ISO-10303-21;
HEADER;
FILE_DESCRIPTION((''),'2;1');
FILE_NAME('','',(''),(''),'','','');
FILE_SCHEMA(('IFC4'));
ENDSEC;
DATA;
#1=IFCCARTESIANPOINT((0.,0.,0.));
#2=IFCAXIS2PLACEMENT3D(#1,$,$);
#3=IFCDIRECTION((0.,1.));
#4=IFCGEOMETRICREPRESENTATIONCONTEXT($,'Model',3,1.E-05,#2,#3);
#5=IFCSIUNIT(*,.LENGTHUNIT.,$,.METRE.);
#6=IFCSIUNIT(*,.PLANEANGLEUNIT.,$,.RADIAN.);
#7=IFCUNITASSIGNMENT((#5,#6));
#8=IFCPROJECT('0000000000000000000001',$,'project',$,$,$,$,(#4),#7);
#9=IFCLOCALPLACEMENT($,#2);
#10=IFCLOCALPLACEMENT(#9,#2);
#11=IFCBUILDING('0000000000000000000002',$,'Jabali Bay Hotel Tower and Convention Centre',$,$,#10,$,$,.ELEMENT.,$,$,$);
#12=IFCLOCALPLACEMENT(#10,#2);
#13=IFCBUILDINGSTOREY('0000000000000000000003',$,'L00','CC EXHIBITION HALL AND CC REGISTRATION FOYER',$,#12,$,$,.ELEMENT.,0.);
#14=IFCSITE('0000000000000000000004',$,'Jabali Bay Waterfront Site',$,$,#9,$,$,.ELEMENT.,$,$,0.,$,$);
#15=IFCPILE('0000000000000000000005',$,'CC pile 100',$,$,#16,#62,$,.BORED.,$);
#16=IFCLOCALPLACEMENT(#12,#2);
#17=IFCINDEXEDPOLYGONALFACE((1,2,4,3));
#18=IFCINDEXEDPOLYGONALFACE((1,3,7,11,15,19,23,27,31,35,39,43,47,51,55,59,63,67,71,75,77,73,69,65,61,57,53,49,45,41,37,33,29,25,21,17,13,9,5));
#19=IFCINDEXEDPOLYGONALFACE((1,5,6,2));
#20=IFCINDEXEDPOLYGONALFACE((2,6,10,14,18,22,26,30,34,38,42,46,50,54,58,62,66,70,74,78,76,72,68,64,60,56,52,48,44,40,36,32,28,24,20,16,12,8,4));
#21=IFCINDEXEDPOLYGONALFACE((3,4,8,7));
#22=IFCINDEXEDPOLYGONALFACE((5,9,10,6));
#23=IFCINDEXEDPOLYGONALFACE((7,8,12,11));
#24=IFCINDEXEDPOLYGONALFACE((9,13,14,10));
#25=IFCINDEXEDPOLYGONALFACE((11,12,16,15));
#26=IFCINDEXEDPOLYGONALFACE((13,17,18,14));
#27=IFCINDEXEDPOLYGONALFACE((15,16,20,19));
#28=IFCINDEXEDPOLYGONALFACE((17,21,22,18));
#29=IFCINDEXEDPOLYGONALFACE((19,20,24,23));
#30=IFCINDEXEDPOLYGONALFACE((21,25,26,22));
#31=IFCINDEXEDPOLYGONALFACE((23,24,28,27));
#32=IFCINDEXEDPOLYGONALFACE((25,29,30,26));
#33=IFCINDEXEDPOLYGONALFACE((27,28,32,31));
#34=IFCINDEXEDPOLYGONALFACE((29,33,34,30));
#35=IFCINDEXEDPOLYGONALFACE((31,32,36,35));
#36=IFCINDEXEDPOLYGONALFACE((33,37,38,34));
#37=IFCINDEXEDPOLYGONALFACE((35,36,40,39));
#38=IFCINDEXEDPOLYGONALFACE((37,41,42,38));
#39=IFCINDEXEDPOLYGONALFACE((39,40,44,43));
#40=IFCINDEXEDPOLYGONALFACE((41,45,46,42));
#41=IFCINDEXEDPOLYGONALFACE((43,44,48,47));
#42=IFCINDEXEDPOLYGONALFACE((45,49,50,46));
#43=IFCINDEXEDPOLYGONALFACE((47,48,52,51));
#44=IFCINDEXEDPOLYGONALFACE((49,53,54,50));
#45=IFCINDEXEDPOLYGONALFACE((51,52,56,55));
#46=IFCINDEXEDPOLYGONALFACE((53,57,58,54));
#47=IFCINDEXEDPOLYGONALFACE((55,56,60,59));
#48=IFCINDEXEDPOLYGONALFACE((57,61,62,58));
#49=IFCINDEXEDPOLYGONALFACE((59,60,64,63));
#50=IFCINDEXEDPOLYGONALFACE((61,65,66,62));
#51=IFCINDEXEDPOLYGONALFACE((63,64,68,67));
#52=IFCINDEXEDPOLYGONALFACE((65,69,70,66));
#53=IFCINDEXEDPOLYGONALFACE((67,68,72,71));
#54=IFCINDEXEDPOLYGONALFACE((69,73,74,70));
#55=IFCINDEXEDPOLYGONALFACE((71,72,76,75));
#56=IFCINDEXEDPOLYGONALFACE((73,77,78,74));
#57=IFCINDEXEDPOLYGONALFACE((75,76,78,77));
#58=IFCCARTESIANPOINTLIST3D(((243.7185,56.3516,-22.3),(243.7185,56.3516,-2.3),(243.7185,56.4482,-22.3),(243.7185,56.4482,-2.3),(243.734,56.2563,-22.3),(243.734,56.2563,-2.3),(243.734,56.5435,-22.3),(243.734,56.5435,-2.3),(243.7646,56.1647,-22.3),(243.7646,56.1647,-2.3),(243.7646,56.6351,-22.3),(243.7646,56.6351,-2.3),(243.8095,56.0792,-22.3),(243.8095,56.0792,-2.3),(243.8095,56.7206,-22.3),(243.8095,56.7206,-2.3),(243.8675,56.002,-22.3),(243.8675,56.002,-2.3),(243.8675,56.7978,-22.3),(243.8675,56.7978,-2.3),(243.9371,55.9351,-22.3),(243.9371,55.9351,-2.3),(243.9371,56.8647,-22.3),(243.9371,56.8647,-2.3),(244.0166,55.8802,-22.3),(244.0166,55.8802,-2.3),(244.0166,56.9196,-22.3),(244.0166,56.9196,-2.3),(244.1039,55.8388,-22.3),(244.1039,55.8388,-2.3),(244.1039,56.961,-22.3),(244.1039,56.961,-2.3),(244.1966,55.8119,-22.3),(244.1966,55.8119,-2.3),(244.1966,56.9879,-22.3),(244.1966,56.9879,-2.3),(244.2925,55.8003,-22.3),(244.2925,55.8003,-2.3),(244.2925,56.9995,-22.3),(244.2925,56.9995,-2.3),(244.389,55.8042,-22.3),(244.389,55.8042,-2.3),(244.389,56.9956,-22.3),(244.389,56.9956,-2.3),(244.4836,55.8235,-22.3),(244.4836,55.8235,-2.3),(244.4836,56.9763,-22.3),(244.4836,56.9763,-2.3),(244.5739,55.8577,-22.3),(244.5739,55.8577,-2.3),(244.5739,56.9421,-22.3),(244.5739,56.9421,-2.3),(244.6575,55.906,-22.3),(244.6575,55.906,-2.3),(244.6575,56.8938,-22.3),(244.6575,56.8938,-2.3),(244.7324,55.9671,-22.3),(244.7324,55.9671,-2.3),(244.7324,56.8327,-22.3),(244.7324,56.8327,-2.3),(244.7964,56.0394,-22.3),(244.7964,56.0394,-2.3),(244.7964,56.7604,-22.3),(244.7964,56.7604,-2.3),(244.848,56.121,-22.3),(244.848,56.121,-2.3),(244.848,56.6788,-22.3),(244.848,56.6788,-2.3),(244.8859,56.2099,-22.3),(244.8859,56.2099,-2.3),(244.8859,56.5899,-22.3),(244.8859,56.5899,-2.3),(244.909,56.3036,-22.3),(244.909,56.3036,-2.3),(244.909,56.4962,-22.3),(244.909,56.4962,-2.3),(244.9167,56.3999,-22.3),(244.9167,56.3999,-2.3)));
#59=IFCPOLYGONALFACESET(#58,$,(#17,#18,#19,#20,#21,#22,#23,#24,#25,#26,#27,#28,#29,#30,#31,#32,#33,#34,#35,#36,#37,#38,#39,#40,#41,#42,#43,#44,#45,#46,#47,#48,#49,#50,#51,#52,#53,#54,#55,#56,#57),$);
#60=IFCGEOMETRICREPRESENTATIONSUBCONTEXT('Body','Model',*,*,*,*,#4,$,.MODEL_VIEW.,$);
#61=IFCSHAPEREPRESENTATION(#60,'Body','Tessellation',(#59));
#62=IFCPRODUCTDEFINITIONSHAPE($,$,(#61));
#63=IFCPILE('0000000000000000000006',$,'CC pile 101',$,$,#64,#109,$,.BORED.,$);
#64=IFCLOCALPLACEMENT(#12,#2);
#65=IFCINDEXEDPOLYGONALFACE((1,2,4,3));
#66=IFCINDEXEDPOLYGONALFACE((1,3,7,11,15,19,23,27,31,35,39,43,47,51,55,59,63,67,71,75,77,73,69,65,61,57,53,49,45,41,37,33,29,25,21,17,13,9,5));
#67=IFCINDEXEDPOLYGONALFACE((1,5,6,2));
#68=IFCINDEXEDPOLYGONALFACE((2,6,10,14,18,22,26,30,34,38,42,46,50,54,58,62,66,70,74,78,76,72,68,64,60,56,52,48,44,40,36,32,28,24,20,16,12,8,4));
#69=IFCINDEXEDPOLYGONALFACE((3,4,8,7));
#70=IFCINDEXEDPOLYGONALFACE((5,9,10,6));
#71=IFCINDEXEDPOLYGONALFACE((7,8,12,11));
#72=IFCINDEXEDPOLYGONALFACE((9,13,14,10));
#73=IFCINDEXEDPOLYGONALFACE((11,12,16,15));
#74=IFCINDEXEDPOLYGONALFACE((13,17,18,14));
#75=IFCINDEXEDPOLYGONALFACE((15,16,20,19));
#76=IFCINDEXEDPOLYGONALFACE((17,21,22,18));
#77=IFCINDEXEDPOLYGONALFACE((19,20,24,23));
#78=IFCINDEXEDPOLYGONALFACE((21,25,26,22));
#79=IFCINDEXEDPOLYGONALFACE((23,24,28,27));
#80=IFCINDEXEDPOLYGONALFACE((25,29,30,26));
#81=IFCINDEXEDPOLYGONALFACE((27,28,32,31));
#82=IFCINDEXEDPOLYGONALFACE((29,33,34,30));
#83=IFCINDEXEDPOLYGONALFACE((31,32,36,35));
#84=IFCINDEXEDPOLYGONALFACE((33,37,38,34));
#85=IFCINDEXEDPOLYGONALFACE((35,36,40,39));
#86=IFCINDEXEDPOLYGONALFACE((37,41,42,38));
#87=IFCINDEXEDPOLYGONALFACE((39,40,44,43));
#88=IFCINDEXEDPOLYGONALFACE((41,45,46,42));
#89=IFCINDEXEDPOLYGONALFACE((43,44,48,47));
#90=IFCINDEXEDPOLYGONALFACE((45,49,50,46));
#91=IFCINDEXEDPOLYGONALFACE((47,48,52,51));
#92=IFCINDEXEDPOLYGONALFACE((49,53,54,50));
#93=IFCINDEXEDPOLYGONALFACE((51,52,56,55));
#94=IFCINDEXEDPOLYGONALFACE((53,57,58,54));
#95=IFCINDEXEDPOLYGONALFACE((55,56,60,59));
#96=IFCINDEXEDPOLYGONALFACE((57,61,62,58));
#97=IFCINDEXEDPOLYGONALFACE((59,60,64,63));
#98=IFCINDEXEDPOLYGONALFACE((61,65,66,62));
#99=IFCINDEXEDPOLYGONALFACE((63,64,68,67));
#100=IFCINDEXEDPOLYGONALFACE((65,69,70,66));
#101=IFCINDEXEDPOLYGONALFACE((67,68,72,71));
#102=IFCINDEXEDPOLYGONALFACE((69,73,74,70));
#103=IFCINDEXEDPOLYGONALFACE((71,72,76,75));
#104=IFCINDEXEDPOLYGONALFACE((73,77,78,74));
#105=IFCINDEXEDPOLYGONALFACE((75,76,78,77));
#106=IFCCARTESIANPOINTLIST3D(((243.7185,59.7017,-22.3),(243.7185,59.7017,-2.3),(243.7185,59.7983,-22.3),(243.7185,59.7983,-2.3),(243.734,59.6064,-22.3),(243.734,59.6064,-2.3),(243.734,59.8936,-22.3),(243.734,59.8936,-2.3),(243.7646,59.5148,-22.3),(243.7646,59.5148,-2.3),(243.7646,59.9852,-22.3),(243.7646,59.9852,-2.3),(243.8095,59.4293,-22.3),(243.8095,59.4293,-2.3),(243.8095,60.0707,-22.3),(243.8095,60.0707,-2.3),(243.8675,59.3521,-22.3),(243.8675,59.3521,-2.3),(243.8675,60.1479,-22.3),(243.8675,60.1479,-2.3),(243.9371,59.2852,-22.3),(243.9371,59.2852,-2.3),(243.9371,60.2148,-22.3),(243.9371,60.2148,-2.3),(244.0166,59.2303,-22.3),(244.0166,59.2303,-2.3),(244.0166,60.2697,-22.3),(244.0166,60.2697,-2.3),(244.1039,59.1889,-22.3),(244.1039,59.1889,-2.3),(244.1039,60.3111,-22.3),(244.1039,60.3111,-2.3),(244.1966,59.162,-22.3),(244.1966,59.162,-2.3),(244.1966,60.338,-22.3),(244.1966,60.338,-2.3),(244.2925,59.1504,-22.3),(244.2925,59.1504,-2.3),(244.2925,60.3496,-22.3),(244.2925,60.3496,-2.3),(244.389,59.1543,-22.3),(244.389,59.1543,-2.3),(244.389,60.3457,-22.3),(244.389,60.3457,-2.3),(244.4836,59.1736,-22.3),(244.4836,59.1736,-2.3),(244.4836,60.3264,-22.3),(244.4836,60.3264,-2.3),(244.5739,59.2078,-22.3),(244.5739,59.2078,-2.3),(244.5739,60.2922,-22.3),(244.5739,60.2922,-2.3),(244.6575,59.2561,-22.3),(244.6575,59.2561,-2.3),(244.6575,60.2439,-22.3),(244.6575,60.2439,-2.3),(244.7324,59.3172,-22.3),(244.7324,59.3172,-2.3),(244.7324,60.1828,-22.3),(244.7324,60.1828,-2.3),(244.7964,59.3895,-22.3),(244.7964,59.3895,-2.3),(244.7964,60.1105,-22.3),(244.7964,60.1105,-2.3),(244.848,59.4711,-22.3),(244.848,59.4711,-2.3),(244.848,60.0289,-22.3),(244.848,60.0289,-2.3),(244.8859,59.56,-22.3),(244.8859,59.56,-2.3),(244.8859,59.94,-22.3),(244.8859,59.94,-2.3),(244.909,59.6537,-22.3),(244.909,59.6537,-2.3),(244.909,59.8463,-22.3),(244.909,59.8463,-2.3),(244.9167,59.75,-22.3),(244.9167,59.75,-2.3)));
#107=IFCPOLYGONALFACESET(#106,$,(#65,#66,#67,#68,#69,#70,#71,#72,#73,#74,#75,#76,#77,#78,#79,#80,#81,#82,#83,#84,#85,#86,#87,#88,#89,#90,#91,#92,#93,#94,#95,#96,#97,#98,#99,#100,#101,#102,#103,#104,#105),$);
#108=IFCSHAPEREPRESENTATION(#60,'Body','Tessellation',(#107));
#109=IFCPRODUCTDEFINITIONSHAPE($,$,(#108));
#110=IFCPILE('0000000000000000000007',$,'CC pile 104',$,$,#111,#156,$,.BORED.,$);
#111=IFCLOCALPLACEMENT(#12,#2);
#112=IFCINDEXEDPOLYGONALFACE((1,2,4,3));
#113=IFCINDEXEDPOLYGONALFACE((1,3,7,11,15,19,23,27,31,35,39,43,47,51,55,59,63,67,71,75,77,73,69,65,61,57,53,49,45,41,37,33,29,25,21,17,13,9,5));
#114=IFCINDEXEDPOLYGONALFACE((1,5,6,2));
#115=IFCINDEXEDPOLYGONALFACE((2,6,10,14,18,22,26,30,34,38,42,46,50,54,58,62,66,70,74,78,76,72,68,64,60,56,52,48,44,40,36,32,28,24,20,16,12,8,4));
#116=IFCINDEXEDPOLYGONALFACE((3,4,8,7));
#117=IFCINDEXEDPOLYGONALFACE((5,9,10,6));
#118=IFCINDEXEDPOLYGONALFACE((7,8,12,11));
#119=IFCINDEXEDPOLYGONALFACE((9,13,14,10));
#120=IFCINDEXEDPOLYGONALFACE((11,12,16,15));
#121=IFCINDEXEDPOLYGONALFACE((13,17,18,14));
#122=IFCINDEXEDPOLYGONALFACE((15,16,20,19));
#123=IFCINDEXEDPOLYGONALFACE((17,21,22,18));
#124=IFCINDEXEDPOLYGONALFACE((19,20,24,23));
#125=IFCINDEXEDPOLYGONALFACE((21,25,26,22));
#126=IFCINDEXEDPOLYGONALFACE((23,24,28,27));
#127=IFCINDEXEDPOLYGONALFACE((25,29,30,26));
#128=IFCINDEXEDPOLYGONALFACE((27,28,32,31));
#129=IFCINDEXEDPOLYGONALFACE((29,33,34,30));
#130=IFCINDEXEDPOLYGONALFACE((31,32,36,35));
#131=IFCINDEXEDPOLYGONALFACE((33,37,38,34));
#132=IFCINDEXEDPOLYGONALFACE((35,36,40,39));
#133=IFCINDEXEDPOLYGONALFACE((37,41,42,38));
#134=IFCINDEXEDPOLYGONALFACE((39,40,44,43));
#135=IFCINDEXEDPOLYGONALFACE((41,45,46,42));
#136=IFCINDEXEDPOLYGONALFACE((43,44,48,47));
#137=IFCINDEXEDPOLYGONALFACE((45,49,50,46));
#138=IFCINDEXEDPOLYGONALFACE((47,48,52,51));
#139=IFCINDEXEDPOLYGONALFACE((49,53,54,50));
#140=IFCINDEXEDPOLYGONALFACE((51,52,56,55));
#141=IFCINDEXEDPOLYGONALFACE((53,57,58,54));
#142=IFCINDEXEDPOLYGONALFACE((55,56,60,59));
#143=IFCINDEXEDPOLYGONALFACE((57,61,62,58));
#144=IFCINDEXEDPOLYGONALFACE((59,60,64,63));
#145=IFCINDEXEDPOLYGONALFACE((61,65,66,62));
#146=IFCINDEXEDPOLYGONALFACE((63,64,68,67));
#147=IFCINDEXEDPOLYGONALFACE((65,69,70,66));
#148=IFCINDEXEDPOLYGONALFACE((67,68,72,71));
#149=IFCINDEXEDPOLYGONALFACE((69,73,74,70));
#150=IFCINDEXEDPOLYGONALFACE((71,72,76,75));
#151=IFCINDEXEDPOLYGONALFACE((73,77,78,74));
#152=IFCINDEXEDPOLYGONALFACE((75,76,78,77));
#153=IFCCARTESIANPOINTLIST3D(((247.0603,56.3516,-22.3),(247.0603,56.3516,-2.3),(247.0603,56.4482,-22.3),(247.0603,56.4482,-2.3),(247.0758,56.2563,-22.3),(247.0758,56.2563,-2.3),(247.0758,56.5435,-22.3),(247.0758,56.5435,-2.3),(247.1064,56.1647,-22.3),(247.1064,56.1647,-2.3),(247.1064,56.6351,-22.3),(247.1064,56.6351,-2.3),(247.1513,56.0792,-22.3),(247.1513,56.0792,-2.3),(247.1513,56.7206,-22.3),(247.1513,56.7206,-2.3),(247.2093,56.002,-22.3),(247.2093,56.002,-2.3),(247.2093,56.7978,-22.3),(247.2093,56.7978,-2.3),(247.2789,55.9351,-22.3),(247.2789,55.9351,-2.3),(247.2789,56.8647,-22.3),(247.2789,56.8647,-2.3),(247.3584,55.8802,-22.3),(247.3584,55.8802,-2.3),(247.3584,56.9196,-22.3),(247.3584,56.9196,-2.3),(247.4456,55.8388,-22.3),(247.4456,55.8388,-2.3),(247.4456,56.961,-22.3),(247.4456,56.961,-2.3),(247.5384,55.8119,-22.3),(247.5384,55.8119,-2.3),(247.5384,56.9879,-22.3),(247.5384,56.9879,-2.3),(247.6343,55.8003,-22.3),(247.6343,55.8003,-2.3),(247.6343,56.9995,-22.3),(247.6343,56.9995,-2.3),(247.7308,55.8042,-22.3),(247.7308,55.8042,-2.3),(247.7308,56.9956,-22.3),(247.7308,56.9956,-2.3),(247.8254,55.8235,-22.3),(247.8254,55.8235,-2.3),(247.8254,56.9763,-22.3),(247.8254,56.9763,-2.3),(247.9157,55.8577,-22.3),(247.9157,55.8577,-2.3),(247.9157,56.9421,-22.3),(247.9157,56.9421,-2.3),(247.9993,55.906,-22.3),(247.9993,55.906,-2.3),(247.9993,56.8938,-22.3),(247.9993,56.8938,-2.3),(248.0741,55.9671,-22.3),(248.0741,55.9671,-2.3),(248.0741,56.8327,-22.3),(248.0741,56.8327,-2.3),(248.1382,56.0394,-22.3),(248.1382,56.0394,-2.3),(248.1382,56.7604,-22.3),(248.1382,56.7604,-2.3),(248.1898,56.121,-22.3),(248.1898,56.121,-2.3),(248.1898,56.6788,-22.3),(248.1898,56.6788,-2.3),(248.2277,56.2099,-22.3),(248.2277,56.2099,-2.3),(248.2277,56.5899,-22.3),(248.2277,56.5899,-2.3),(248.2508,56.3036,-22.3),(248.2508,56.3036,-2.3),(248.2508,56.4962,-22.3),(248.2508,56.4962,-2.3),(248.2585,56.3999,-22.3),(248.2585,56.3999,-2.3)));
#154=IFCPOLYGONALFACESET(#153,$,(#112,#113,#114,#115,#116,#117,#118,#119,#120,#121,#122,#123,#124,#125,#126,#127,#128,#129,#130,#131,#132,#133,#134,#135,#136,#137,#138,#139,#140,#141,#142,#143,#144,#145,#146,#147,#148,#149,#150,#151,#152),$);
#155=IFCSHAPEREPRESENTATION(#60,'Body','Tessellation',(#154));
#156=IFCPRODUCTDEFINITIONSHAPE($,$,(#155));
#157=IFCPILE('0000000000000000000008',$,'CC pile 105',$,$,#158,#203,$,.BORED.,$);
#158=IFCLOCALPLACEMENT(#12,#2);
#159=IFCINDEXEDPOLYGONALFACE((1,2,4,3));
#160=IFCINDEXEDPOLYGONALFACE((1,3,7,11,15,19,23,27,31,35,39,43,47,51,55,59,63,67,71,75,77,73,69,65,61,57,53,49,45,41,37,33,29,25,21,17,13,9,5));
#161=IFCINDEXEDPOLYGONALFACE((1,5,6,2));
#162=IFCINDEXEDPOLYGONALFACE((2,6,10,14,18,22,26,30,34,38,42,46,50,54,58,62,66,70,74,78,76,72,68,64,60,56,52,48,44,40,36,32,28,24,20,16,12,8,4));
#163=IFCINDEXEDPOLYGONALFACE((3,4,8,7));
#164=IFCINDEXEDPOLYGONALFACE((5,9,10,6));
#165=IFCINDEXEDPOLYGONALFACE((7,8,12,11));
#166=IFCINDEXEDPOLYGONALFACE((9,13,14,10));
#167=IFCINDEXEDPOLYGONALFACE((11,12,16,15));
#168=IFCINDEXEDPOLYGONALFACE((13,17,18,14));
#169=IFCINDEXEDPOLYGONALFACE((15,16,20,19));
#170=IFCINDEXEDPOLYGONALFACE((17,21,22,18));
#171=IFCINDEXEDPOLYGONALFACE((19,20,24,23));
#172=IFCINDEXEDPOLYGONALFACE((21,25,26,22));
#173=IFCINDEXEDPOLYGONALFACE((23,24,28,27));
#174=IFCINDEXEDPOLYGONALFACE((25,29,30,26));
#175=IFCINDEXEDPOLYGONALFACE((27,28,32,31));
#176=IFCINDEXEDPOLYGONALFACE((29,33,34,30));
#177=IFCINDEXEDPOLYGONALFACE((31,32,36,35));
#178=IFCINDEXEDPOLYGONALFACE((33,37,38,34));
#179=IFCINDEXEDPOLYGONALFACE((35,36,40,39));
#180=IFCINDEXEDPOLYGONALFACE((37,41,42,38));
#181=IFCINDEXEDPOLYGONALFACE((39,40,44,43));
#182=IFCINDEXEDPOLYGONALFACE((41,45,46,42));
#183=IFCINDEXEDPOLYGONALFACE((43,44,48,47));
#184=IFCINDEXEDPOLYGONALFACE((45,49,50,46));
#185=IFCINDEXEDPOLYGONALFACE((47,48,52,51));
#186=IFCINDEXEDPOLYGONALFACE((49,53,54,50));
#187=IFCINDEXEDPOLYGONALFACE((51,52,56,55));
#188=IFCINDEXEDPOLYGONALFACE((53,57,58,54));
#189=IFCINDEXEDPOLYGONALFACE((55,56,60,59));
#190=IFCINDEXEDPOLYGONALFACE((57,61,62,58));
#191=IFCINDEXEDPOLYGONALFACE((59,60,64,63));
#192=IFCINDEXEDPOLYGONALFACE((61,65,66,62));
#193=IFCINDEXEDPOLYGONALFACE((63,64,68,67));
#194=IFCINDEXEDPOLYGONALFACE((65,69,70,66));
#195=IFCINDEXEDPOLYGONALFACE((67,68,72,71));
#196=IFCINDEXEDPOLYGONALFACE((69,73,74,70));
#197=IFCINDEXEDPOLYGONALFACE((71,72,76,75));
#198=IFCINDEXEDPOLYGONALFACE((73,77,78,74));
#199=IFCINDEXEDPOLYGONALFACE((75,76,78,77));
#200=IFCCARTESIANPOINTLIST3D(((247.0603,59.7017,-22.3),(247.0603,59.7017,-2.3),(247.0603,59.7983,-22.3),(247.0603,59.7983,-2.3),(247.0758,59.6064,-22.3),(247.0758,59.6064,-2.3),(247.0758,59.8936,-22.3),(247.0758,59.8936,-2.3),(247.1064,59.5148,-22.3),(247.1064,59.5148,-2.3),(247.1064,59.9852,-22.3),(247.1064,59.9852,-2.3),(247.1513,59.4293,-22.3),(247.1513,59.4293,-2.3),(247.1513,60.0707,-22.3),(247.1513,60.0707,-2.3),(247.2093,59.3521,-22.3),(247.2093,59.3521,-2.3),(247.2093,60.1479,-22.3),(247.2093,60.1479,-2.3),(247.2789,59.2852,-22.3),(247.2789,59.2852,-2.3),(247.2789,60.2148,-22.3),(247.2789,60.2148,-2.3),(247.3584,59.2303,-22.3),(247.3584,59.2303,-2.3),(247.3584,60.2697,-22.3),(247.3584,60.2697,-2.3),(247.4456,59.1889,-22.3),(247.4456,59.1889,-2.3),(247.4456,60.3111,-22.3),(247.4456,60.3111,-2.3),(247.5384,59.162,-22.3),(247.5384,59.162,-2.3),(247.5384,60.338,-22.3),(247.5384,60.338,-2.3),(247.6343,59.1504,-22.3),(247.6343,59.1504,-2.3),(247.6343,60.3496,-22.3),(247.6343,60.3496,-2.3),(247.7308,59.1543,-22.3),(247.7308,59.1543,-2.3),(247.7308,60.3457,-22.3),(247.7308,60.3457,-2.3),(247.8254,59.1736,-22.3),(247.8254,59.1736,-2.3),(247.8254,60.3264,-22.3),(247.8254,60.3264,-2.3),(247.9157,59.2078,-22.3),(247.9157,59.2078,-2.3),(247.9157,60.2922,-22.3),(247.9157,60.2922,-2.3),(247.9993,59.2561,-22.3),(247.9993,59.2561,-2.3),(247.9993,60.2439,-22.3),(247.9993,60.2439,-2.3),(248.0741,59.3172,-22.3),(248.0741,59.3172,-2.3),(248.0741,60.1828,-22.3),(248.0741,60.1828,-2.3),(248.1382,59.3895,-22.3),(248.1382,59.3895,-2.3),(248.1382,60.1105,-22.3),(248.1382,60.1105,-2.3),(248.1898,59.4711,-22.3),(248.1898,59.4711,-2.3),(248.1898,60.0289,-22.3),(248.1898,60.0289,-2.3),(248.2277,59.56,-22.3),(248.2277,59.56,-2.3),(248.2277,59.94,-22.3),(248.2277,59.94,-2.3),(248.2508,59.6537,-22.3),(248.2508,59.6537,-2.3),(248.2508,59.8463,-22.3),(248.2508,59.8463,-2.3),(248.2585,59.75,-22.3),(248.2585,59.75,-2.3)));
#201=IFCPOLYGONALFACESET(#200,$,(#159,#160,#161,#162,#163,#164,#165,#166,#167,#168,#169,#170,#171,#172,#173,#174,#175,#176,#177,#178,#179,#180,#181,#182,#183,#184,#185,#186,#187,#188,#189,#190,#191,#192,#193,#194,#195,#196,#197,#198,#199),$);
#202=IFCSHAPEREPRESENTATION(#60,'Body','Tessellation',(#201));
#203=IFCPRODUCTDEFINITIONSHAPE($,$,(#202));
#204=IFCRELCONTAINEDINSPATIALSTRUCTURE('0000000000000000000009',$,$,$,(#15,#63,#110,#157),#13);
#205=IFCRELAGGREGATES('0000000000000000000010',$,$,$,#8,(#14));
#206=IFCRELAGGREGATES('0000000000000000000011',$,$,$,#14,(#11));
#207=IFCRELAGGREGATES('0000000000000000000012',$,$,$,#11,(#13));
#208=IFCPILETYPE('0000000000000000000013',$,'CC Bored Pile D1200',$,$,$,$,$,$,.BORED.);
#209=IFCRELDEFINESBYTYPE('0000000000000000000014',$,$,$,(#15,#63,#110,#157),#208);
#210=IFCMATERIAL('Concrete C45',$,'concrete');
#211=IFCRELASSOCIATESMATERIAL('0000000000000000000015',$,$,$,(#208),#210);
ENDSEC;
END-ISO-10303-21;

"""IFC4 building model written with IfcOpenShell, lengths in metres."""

from ifc_helpers import new_model, si_unit, direction, frame, origin, origin_2d, place, context, subcontext, project, spatial, circle, extrude, material, material_profile, profile_set, type_object, element, save


model = new_model("IFC4")

# Units and contexts
model_context = context("Model", 3, precision=1e-05, world=origin(), true_north=direction((0.0, 1.0)))
body_context = subcontext(model_context, "Body", "Model", "MODEL_VIEW")
ifc_project = project(units=[si_unit("LENGTHUNIT", "METRE"), si_unit("PLANEANGLEUNIT", "RADIAN")], contexts=[model_context])

# Site, building, storey
site_placement = place(None, origin())
site = spatial("IfcSite", under=ifc_project, at=site_placement, Name="Jabali Bay Waterfront Site", CompositionType="ELEMENT", RefElevation=0.0)
building_placement = place(site_placement, origin())
building = spatial("IfcBuilding", under=site, at=building_placement, Name="Jabali Bay Hotel Tower and Convention Centre", CompositionType="ELEMENT")
storey_placement = place(building_placement, origin())
storey = spatial("IfcBuildingStorey", under=building, at=storey_placement, Name="L00", Description="CC EXHIBITION HALL AND CC REGISTRATION FOYER", CompositionType="ELEMENT", Elevation=0.0)

# Piles
ifc_material_1 = material(Name="Concrete C45", Category="concrete")
ifc_material_profile = material_profile(ifc_material_1, circle(Radius=0.6001, at=origin_2d()), Name="D1200")
ifc_profile_set = profile_set([ifc_material_profile], Name="Concrete C45")
pile_type = type_object("IfcPileType", Name="CC Bored Pile D1200", PredefinedType="BORED", material=ifc_profile_set)
for number, where, z_axis, x_axis, name in (
    (1, (244.3167, 56.3999, -2.3), (0.0, 0.0, -1.0), (1.0, 0.0, 0.0), "CC pile 100"),
    (2, (244.3167, 59.75, -2.3), (0.0, 0.0, -1.0), (1.0, 0.0, 0.0), "CC pile 101"),
    (3, (247.6584, 56.3999, -2.3), (0.0, 0.0, -1.0), (1.0, 0.0, 0.0), "CC pile 104"),
    (4, (247.6584, 59.75, -2.3), (0.0, 0.0, -1.0), (1.0, 0.0, 0.0), "CC pile 105"),
):
    element("IfcPile", number, at=place(storey_placement, frame(where, z_axis=z_axis, x_axis=x_axis)), inside=storey, type_object=pile_type, Name=name, PredefinedType="BORED", context=body_context, shape_type="SweptSolid", body=[
        extrude(circle(Radius=0.6001, at=origin_2d()), origin(), (0.0, 0.0, 1.0), 20.0),
    ])

save(model, "model.ifc")
